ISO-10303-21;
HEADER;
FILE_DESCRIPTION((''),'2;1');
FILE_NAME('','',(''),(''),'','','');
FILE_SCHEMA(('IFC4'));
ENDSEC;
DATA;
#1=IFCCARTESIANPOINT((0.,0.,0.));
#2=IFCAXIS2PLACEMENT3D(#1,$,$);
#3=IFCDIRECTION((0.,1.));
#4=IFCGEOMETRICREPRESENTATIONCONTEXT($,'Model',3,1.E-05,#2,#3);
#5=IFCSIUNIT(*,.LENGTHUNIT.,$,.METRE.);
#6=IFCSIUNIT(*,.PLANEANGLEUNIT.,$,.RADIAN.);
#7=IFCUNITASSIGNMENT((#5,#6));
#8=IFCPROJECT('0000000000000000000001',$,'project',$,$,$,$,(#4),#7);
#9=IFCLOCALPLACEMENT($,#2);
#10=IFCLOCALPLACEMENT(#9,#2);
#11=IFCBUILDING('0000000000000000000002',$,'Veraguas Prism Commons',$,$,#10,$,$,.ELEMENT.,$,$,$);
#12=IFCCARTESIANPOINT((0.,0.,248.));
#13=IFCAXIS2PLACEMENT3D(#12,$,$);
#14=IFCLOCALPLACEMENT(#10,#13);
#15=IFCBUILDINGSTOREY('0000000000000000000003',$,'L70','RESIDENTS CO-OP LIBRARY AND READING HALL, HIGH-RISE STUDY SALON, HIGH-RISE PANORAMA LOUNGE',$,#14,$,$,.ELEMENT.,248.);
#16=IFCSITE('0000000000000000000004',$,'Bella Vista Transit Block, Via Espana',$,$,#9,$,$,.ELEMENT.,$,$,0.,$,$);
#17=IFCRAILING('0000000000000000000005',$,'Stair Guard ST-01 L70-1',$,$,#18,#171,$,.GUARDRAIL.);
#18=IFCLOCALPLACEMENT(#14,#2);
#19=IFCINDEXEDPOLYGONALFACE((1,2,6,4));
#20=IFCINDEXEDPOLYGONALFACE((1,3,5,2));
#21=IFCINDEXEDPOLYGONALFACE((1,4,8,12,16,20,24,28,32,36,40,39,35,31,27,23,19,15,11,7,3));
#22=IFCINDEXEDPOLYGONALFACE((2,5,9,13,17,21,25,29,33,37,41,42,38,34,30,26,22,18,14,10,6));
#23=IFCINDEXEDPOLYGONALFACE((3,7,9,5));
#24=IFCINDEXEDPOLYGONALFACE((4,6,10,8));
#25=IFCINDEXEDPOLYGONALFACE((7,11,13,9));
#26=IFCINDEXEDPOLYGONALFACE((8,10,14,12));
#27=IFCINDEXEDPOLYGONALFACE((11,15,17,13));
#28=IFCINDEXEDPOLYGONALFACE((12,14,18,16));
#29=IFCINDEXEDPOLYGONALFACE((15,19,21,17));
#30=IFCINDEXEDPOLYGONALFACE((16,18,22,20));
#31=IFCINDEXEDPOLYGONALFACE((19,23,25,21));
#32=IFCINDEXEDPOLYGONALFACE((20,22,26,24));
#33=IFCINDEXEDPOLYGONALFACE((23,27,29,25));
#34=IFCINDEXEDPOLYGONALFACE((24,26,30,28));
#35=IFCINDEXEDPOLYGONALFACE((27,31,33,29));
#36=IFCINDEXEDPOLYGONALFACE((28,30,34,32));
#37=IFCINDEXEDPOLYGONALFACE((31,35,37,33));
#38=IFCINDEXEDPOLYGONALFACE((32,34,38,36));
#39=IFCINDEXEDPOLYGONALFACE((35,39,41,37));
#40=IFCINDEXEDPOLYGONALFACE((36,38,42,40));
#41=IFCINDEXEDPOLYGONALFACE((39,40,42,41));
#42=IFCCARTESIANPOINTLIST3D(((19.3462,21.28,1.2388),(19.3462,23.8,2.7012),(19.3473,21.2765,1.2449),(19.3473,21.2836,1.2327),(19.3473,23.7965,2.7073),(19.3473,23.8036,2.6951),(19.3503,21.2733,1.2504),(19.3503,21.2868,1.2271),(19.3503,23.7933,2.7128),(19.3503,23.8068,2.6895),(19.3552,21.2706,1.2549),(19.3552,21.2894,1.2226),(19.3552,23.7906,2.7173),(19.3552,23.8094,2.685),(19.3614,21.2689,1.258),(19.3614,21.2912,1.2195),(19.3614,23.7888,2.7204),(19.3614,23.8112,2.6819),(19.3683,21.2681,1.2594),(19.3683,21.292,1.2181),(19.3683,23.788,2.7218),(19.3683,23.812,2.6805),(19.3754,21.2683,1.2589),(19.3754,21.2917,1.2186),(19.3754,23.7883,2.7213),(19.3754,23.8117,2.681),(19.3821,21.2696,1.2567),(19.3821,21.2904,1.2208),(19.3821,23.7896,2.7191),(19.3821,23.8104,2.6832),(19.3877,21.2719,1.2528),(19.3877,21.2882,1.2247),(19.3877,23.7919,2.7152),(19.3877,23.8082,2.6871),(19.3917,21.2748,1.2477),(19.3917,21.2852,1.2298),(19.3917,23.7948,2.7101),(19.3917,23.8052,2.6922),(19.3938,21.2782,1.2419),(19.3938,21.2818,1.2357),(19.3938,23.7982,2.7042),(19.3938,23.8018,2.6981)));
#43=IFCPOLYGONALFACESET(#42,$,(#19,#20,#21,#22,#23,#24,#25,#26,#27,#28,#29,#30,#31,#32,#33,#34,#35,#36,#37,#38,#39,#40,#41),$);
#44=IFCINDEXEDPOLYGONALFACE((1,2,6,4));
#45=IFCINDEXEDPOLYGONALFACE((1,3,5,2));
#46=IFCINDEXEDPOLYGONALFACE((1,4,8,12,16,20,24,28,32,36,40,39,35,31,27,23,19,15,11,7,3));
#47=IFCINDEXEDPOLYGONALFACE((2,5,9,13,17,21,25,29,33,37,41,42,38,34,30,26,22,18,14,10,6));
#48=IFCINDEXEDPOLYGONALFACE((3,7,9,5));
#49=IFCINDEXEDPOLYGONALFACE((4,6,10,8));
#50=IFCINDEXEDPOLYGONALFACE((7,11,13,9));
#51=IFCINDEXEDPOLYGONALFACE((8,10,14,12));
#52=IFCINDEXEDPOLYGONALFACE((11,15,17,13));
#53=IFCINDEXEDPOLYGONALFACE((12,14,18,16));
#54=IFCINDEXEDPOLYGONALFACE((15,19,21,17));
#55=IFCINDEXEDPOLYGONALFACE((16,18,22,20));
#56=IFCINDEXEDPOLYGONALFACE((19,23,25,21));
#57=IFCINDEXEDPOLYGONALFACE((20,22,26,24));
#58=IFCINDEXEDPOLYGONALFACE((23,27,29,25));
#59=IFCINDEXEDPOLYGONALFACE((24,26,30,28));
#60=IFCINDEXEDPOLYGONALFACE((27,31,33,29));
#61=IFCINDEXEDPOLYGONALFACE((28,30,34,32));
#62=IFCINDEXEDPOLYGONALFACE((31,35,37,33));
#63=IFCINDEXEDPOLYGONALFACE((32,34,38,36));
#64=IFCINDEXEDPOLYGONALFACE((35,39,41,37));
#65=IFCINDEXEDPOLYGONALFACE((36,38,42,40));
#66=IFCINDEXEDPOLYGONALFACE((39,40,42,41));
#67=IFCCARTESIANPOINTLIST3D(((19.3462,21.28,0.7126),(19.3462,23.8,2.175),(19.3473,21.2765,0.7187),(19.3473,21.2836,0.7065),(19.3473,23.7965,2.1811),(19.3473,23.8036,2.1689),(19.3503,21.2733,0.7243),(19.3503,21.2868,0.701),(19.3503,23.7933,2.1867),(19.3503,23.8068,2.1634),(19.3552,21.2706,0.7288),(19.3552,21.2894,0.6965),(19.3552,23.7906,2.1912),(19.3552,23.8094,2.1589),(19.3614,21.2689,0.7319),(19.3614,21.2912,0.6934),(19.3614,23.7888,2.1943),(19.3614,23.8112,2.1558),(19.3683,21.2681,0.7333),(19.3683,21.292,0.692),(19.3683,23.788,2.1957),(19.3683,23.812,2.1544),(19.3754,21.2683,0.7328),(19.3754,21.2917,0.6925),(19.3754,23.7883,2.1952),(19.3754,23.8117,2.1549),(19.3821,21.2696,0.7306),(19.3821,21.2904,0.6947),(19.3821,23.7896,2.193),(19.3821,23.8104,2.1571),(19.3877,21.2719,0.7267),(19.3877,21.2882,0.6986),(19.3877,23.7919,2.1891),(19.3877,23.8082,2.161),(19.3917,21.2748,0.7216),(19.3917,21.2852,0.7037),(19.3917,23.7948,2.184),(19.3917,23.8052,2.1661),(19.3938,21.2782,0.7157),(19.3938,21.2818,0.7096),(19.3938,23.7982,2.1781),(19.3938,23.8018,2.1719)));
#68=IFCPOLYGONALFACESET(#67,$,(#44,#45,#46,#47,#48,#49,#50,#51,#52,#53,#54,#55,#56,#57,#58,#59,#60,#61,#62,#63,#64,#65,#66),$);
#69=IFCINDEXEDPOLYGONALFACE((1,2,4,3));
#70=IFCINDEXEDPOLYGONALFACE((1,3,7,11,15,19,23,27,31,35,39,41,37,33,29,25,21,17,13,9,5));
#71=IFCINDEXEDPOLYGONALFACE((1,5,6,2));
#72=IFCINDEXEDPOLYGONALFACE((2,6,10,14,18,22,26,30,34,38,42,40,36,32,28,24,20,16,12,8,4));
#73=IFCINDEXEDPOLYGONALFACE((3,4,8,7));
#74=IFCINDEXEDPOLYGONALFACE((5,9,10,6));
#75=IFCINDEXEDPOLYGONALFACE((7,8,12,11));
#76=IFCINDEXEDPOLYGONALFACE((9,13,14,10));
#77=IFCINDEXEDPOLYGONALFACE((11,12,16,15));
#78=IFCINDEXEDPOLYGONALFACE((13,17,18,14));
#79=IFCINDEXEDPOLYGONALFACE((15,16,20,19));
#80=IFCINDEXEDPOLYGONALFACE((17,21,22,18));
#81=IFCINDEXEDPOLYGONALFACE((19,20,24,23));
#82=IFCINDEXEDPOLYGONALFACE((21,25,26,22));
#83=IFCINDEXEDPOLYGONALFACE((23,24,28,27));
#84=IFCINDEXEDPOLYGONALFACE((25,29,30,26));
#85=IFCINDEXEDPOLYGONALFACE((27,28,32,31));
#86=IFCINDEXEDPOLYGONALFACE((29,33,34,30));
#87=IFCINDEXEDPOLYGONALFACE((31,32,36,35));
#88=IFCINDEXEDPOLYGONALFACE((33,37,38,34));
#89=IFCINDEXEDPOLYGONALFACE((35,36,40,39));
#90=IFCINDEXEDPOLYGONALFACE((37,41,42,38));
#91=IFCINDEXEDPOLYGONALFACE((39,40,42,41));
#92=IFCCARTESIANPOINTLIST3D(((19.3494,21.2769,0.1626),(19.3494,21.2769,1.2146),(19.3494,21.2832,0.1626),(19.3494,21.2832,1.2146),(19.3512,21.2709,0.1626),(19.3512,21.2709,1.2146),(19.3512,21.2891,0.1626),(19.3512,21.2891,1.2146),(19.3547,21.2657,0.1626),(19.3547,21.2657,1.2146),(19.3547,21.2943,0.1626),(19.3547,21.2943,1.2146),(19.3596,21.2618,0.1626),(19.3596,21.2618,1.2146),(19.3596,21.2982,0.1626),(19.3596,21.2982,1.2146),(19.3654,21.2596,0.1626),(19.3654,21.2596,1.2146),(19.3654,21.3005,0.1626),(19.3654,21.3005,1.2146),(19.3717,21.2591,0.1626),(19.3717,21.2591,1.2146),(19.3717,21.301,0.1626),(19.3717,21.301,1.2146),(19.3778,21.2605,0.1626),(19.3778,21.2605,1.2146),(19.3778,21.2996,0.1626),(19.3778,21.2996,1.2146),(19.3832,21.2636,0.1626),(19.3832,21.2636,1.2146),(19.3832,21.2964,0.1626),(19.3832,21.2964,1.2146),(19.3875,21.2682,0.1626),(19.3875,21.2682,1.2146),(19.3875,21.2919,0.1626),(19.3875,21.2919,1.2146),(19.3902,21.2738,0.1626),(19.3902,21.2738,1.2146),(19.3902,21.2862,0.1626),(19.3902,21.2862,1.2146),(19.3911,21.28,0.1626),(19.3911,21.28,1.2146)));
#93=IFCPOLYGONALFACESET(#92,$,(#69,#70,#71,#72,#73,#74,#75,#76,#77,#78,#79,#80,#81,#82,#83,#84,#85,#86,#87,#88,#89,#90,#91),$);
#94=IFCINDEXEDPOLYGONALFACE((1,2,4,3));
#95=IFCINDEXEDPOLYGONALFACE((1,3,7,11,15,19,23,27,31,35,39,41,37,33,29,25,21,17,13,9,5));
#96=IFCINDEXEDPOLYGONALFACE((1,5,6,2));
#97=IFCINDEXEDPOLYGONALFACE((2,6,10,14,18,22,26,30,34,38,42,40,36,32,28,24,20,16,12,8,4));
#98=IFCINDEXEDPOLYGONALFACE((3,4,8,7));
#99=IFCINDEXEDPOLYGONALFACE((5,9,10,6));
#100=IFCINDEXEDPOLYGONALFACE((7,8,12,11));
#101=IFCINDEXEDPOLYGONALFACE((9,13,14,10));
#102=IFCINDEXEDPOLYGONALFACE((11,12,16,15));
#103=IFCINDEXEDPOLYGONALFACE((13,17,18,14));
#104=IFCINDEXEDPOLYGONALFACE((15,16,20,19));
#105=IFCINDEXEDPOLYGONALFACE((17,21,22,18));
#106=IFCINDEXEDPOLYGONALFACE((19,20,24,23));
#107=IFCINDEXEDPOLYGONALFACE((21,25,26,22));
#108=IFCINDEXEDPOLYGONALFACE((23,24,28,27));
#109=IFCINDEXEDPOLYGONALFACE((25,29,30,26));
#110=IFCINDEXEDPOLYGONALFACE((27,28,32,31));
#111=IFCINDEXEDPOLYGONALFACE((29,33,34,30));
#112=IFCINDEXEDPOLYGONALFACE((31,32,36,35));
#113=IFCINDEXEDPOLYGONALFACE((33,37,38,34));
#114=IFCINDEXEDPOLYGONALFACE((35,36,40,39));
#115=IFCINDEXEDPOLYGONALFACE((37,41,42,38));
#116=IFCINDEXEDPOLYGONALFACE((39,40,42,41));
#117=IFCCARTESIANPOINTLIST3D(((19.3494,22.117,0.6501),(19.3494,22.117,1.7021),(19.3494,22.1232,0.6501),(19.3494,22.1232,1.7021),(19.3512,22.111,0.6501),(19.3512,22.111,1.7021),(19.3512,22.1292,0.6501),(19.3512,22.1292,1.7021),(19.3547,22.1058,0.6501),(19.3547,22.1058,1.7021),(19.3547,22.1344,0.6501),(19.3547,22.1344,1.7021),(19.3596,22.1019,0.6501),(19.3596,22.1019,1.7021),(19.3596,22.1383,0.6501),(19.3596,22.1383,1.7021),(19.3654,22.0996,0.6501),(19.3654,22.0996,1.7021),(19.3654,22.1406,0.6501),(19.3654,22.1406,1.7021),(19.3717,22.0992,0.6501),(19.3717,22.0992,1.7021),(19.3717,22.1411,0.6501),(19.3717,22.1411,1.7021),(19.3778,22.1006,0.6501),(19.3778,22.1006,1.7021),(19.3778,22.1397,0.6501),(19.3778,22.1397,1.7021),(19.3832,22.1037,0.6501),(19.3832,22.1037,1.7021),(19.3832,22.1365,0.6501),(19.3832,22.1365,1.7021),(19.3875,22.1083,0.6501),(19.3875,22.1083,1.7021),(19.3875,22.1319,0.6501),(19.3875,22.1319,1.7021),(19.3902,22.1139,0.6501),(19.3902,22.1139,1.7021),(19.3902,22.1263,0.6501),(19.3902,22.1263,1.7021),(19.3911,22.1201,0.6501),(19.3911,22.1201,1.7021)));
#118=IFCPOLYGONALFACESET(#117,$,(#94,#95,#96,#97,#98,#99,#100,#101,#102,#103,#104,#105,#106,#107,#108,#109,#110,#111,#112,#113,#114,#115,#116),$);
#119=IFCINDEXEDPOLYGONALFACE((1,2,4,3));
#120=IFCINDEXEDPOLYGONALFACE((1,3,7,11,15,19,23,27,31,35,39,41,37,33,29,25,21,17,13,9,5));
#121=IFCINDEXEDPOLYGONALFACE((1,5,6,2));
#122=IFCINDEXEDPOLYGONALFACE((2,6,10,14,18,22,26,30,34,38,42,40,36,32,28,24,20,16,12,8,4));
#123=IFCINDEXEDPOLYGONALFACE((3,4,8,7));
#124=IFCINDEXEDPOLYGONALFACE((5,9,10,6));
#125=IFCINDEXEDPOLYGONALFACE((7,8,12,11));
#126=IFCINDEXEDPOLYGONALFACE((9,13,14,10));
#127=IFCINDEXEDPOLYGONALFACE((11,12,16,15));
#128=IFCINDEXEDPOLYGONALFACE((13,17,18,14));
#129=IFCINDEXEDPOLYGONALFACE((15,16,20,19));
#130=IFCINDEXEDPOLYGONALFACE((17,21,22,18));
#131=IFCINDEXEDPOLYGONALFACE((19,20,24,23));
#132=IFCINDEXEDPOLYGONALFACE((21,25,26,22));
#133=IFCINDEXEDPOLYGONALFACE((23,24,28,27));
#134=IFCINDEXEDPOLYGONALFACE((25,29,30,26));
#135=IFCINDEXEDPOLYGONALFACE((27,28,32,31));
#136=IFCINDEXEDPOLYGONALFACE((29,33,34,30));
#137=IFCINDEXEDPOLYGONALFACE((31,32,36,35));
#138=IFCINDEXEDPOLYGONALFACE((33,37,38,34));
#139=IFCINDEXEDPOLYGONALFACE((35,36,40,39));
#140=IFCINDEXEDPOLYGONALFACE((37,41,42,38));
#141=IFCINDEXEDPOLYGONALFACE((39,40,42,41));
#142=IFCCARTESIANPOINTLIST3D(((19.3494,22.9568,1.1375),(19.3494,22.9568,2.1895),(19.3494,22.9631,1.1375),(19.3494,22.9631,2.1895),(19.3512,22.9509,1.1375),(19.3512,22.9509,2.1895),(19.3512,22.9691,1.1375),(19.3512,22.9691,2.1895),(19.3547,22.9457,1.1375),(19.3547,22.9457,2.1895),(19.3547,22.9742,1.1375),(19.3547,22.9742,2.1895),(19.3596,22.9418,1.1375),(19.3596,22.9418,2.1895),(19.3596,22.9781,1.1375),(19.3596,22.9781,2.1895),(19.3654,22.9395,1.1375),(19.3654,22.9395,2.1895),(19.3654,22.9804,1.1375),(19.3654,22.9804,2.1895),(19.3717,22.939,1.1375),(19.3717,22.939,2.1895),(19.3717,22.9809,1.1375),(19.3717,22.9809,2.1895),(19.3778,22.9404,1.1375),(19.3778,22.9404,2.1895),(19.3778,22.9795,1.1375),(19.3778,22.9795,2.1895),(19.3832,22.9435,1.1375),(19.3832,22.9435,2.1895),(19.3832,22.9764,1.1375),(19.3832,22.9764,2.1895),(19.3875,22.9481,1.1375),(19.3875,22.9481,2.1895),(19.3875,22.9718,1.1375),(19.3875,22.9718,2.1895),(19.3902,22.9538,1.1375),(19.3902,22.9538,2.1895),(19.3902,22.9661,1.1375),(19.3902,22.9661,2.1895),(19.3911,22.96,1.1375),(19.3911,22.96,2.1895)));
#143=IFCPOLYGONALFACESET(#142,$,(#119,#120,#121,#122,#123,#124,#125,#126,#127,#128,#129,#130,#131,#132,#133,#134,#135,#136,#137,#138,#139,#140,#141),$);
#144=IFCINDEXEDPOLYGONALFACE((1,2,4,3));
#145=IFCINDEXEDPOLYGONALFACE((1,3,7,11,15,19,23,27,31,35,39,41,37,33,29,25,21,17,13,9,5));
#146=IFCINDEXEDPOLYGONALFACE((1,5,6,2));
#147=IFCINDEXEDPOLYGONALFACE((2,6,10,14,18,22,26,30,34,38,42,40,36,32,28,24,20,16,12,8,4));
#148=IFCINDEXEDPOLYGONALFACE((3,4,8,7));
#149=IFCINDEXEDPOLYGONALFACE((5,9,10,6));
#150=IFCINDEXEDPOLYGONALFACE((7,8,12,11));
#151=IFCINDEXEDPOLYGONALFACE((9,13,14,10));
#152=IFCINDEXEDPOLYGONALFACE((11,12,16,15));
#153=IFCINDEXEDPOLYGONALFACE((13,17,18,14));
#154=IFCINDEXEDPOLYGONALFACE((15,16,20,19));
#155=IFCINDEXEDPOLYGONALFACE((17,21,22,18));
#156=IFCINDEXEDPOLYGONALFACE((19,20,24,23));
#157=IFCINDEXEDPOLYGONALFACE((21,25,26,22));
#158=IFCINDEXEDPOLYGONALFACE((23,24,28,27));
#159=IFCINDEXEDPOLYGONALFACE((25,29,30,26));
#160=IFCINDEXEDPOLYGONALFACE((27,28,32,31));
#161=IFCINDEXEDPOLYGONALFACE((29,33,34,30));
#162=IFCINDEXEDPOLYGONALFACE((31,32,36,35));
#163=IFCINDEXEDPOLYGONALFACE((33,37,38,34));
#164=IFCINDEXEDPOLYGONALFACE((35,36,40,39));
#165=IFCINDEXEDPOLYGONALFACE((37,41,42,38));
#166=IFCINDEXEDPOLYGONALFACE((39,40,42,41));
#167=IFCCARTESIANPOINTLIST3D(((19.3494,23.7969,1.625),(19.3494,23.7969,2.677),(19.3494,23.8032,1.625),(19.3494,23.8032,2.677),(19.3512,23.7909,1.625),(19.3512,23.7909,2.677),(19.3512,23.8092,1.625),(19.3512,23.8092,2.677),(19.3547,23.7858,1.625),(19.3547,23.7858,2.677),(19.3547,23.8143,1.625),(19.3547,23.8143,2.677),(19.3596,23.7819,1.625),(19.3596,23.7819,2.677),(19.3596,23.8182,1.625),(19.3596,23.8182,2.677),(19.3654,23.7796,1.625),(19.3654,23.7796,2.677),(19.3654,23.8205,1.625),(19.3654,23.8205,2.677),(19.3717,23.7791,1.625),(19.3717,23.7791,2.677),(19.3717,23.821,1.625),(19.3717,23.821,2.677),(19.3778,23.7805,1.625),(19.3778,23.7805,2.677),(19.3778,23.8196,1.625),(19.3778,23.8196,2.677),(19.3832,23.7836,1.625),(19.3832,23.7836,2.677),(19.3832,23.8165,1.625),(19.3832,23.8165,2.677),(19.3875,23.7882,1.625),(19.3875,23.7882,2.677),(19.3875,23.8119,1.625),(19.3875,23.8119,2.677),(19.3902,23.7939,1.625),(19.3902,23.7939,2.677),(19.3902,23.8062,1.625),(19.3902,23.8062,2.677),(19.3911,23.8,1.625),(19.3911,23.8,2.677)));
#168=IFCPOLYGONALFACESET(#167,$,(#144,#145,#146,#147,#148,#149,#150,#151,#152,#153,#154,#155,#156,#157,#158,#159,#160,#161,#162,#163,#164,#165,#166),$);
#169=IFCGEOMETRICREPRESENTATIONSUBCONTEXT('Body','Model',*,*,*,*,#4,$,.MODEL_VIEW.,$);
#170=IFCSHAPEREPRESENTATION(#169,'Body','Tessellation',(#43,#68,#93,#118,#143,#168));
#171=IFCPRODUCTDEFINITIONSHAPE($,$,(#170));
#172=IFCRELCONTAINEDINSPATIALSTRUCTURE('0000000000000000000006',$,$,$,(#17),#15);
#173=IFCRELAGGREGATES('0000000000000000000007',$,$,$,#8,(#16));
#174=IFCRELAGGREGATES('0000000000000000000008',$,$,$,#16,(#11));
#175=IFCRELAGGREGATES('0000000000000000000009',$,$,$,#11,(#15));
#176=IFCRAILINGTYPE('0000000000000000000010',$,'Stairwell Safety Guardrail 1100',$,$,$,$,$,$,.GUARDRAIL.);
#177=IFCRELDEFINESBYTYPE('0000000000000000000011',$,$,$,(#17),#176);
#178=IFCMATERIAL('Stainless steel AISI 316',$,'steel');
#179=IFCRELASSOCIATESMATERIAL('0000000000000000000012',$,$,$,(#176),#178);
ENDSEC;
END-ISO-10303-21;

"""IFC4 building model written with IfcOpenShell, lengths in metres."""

from ifc_helpers import new_model, si_unit, direction, frame, origin, origin_2d, place, context, subcontext, project, spatial, circle, extrude, material, type_object, element, save


model = new_model("IFC4")

# Units and contexts
model_context = context("Model", 3, precision=1e-05, world=origin(), true_north=direction((0.0, 1.0)))
body_context = subcontext(model_context, "Body", "Model", "MODEL_VIEW")
ifc_project = project(units=[si_unit("LENGTHUNIT", "METRE"), si_unit("PLANEANGLEUNIT", "RADIAN")], contexts=[model_context])

# Site, building, storey
site_placement = place(None, origin())
site = spatial("IfcSite", under=ifc_project, at=site_placement, Name="Bella Vista Transit Block, Via Espana", CompositionType="ELEMENT", RefElevation=0.0)
building_placement = place(site_placement, origin())
building = spatial("IfcBuilding", under=site, at=building_placement, Name="Veraguas Prism Commons", CompositionType="ELEMENT")
storey_placement = place(building_placement, frame((0.0, 0.0, 248.0)))
storey = spatial("IfcBuildingStorey", under=building, at=storey_placement, Name="L70", Description="RESIDENTS CO-OP LIBRARY AND READING HALL, HIGH-RISE STUDY SALON, HIGH-RISE PANORAMA LOUNGE", CompositionType="ELEMENT", Elevation=248.0)

# Railing
ifc_material_1 = material(Name="Stainless steel AISI 316", Category="steel")
railing_type = type_object("IfcRailingType", Name="Stairwell Safety Guardrail 1100", PredefinedType="GUARDRAIL", material=ifc_material_1)
railing_1_placement = place(storey_placement, frame((19.3701, 21.28, 0.1626)))
element("IfcRailing", 1, at=railing_1_placement, inside=storey, type_object=railing_type, Name="Stair Guard ST-01 L70-1", PredefinedType="GUARDRAIL", context=body_context, shape_type="SweptSolid", body=[
    extrude(circle(Radius=0.0239, at=origin_2d()), frame((0.0, 0.0, 1.0762), z_axis=(0.0, 0.864913, 0.501921), x_axis=(-1.0, 0.0, 0.0)), (0.0, 0.0, 1.0), 2.9136),
    extrude(circle(Radius=0.0239, at=origin_2d()), frame((0.0, 0.0, 0.55), z_axis=(0.0, 0.864913, 0.501921), x_axis=(-1.0, 0.0, 0.0)), (0.0, 0.0, 1.0), 2.9136),
    extrude(circle(Radius=0.021, at=origin_2d()), origin(), (0.0, 0.0, 1.0), 1.052),
    extrude(circle(Radius=0.021, at=origin_2d()), frame((0.0, 0.8401, 0.4875)), (0.0, 0.0, 1.0), 1.052),
    extrude(circle(Radius=0.021, at=origin_2d()), frame((0.0, 1.6799, 0.9749)), (0.0, 0.0, 1.0), 1.052),
    extrude(circle(Radius=0.021, at=origin_2d()), frame((0.0, 2.52, 1.4624)), (0.0, 0.0, 1.0), 1.052),
])

save(model, "model.ifc")
